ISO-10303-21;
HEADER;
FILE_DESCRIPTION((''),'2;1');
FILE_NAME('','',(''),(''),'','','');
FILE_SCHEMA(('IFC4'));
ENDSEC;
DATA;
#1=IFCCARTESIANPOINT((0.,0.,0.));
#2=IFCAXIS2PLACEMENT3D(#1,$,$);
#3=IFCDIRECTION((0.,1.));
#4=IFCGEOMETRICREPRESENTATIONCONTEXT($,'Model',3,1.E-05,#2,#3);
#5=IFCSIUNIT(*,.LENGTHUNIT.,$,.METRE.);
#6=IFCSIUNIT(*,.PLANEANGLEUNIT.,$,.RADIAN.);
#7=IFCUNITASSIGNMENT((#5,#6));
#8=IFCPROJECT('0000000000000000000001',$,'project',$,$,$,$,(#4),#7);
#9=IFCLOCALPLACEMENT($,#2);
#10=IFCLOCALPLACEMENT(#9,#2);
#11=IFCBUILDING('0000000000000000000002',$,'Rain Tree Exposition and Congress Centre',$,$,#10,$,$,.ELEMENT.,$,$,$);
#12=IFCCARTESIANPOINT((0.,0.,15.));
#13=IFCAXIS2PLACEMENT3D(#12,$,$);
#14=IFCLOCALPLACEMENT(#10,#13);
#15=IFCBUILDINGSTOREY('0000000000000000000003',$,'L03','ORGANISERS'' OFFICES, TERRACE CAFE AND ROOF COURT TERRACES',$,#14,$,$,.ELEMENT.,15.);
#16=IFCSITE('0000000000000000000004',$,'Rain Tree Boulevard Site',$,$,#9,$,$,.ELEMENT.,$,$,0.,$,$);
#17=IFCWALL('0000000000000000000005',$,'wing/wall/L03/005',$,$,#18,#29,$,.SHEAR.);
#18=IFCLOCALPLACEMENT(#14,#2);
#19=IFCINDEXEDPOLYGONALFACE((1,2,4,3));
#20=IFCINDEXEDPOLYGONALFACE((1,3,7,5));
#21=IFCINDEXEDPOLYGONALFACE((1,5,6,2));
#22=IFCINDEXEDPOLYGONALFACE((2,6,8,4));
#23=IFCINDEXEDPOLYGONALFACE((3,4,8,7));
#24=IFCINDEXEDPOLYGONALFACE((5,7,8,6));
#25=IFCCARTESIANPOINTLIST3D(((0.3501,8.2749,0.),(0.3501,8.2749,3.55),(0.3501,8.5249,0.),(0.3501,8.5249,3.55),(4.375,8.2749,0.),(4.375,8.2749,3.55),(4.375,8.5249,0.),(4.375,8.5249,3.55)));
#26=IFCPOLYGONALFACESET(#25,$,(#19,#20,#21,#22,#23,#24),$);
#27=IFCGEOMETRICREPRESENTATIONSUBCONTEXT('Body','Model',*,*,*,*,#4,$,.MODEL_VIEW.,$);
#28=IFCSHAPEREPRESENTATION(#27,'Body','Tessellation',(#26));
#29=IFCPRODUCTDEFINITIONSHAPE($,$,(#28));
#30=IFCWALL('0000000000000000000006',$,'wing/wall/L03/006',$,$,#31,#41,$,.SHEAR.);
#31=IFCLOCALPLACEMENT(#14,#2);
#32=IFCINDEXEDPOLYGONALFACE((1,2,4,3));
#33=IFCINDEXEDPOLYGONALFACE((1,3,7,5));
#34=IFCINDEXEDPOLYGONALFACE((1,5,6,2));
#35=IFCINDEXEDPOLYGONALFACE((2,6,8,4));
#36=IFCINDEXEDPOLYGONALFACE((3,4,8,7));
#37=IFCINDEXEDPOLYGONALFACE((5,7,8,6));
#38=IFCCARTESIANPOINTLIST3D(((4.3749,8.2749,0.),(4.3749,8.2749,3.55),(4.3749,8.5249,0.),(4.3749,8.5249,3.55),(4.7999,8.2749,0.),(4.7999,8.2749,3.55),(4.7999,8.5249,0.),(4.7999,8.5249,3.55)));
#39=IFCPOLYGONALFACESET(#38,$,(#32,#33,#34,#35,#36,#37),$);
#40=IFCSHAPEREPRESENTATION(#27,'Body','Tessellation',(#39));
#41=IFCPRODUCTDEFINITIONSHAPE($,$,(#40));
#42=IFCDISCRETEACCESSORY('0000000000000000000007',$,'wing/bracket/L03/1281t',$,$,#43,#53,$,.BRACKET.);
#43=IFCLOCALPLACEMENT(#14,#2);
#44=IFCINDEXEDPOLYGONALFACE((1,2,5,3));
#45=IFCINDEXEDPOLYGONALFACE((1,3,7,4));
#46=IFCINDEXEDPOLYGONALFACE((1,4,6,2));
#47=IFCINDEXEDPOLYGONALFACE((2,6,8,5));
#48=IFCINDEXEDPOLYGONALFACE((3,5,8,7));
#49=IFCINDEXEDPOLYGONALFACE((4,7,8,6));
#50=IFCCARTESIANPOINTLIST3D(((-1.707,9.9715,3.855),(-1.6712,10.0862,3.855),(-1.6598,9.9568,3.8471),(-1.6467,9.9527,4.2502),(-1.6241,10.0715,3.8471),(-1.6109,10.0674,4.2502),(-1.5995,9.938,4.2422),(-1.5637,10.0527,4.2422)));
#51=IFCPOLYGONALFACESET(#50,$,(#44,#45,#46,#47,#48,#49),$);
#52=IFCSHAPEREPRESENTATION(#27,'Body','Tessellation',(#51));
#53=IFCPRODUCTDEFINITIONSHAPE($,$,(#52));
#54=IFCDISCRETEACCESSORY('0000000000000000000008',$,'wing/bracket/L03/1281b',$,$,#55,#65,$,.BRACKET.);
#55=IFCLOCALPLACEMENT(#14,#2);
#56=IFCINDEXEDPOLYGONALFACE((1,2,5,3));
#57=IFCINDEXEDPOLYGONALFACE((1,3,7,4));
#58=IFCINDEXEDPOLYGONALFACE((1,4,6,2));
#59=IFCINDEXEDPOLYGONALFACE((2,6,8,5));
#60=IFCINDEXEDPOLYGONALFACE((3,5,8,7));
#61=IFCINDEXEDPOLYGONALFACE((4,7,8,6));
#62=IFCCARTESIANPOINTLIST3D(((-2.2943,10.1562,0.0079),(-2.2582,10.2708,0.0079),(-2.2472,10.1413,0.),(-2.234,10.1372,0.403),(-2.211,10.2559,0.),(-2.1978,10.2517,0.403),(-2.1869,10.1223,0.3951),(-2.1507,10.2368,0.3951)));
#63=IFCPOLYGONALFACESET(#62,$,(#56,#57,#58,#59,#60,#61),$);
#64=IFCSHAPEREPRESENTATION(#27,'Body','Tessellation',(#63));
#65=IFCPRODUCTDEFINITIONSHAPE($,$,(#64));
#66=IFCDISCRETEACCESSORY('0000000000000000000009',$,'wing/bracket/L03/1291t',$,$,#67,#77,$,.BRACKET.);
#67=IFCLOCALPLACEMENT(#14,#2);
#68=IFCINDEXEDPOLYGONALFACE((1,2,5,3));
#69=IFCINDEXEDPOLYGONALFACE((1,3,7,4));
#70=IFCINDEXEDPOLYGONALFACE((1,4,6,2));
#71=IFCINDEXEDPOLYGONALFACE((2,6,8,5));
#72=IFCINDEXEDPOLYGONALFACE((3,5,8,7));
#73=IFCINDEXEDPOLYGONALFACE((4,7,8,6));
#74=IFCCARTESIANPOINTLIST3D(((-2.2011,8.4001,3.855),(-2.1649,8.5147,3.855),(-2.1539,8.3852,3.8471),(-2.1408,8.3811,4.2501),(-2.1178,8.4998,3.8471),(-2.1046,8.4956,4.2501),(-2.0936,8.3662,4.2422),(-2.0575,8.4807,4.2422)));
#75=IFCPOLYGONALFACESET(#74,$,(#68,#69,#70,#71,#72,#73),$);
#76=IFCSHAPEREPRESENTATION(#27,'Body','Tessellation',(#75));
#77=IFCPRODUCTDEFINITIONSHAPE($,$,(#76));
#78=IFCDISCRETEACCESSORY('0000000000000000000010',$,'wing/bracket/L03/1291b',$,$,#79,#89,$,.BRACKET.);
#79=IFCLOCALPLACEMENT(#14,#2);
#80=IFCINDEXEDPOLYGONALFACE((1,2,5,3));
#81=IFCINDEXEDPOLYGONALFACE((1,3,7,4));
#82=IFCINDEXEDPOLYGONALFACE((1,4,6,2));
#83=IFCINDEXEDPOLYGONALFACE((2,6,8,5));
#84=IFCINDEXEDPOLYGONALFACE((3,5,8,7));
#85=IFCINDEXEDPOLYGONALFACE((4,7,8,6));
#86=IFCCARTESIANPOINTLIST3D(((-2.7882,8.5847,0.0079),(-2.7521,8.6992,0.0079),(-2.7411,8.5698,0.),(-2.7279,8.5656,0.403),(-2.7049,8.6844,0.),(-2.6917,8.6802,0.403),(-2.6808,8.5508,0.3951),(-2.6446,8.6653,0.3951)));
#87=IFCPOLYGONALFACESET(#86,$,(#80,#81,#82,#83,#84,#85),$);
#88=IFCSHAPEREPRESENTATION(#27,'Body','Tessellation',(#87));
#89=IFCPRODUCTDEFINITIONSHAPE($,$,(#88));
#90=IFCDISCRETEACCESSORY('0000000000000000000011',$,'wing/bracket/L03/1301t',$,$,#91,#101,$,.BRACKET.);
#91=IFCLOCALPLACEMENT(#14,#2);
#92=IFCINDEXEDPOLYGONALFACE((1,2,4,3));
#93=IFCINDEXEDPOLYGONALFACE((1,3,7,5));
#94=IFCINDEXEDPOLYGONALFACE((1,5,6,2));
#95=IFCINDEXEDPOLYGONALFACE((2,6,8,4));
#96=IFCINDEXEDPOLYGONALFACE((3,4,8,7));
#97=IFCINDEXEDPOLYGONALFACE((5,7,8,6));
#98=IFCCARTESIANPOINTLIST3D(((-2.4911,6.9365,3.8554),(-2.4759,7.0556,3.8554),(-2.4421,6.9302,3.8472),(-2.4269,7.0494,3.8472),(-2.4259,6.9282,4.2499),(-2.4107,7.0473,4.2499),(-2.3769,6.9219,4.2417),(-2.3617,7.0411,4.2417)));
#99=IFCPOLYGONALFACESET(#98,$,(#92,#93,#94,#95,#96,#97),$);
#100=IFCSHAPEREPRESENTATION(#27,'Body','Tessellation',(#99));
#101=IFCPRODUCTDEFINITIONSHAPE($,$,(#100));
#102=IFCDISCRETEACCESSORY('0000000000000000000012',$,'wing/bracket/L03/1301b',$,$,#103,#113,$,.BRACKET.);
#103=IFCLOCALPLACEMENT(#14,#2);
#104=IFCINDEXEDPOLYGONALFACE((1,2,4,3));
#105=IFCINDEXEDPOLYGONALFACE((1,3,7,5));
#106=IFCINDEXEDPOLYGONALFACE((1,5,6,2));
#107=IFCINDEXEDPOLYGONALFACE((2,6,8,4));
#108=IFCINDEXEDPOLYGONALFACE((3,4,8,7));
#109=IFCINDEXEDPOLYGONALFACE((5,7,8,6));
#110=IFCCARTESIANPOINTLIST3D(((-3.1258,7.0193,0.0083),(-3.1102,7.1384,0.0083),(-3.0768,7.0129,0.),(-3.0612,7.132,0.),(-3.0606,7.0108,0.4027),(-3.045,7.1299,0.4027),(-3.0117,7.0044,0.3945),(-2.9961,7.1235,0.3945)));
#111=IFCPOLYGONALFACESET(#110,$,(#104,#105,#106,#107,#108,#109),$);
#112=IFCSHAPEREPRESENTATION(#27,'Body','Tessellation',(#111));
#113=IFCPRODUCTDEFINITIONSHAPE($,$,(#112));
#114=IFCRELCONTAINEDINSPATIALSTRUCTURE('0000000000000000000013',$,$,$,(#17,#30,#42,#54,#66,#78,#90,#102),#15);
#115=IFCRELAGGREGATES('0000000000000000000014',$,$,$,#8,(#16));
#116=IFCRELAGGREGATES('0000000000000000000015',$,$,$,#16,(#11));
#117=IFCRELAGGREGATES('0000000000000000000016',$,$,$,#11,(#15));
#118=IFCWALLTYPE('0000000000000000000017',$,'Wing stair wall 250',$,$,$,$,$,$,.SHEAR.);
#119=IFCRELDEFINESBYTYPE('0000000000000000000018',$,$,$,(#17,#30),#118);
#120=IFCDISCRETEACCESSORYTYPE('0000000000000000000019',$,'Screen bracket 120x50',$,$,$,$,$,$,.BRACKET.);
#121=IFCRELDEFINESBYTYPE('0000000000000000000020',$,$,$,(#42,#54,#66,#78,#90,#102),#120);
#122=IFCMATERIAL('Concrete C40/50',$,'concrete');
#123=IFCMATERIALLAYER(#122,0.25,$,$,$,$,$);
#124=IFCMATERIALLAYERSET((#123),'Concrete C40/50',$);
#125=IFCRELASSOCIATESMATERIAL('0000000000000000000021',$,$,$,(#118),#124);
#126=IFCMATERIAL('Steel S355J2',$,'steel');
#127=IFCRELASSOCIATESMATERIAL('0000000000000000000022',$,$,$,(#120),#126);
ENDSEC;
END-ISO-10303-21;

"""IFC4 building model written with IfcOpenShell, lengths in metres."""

from ifc_helpers import new_model, si_unit, direction, frame, frame_2d, origin, origin_2d, place, context, subcontext, project, spatial, rectangle, extrude, material, layer, layer_set, material_profile, profile_set, type_object, element, save


model = new_model("IFC4")

# Units and contexts
model_context = context("Model", 3, precision=1e-05, world=origin(), true_north=direction((0.0, 1.0)))
body_context = subcontext(model_context, "Body", "Model", "MODEL_VIEW")
ifc_project = project(units=[si_unit("LENGTHUNIT", "METRE"), si_unit("PLANEANGLEUNIT", "RADIAN")], contexts=[model_context])

# Site, building, storey
site_placement = place(None, origin())
site = spatial("IfcSite", under=ifc_project, at=site_placement, Name="Rain Tree Boulevard Site", CompositionType="ELEMENT", RefElevation=0.0)
building_placement = place(site_placement, origin())
building = spatial("IfcBuilding", under=site, at=building_placement, Name="Rain Tree Exposition and Congress Centre", CompositionType="ELEMENT")
storey_placement = place(building_placement, frame((0.0, 0.0, 15.0)))
storey = spatial("IfcBuildingStorey", under=building, at=storey_placement, Name="L03", Description="ORGANISERS' OFFICES, TERRACE CAFE AND ROOF COURT TERRACES", CompositionType="ELEMENT", Elevation=15.0)

# Walls
ifc_material_1 = material(Name="Concrete C40/50", Category="concrete")
ifc_layer_1 = layer(ifc_material_1, 0.25)
ifc_layer_set_1 = layer_set([ifc_layer_1], Name="Concrete C40/50")
wall_type = type_object("IfcWallType", Name="Wing stair wall 250", PredefinedType="SHEAR", material=ifc_layer_set_1)
wall_1_placement = place(storey_placement, frame((0.3501, 8.3999, 0.0), z_axis=(0.0, 0.0, 1.0), x_axis=(1.0, 0.0, 0.0)))
element("IfcWall", 1, at=wall_1_placement, inside=storey, type_object=wall_type, Name="wing/wall/L03/005", PredefinedType="SHEAR", context=body_context, shape_type="SweptSolid", body=[
    extrude(rectangle(XDim=4.0249, YDim=0.25, at=frame_2d((2.0125, 0.0))), origin(), (0.0, 0.0, 1.0), 3.55),
])
wall_2_placement = place(storey_placement, frame((4.375, 8.3999, 0.0), z_axis=(0.0, 0.0, 1.0), x_axis=(1.0, 0.0, 0.0)))
element("IfcWall", 2, at=wall_2_placement, inside=storey, type_object=wall_type, Name="wing/wall/L03/006", PredefinedType="SHEAR", context=body_context, shape_type="SweptSolid", body=[
    extrude(rectangle(XDim=0.425, YDim=0.25, at=frame_2d((0.2124, 0.0))), origin(), (0.0, 0.0, 1.0), 3.55),
])

# Discrete accessories
ifc_material_2 = material(Name="Steel S355J2", Category="steel")
ifc_material_profile_1 = material_profile(ifc_material_2, rectangle(XDim=0.1201, YDim=0.05, at=origin_2d()), Name="Flat bar 120x50")
ifc_profile_set_1 = profile_set([ifc_material_profile_1], Name="Steel S355J2")
discrete_accessory_type = type_object("IfcDiscreteAccessoryType", Name="Screen bracket 120x50", PredefinedType="BRACKET", material=ifc_profile_set_1)
for number, where, z_axis, x_axis, name in (
    (3, (-1.6655, 10.0215, 3.8511), (0.150743, -0.046993, 0.987456), (0.297615, 0.954686, 0.0), "wing/bracket/L03/1281t"),
    (4, (-2.2527, 10.2061, 0.0039), (0.150738, -0.047602, 0.987427), (0.301131, 0.953583, 0.0), "wing/bracket/L03/1281b"),
    (5, (-2.1594, 8.45, 3.8511), (0.150738, -0.047602, 0.987427), (0.301131, 0.953583, 0.0), "wing/bracket/L03/1291t"),
    (6, (-2.7466, 8.6345, 0.0039), (0.150738, -0.047602, 0.987427), (0.301131, 0.953583, 0.0), "wing/bracket/L03/1291b"),
):
    element("IfcDiscreteAccessory", number, at=place(storey_placement, frame(where, z_axis=z_axis, x_axis=x_axis)), inside=storey, type_object=discrete_accessory_type, Name=name, PredefinedType="BRACKET", context=body_context, shape_type="SweptSolid", body=[
        extrude(rectangle(XDim=0.1201, YDim=0.05, at=origin_2d()), origin(), (0.0, 0.0, 1.0), 0.4001),
    ])
for number, where, z_axis, x_axis, name in (
    (7, (-2.459, 6.9929, 3.8513), (0.162978, -0.020754, 0.986411), (0.126321, 0.991989, 0.0), "wing/bracket/L03/1301t"),
    (8, (-3.0935, 7.0757, 0.0042), (0.162976, -0.021364, 0.986399), (0.129974, 0.991517, 0.0), "wing/bracket/L03/1301b"),
):
    element("IfcDiscreteAccessory", number, at=place(storey_placement, frame(where, z_axis=z_axis, x_axis=x_axis)), inside=storey, type_object=discrete_accessory_type, Name=name, PredefinedType="BRACKET", context=body_context, shape_type="SweptSolid", body=[
        extrude(rectangle(XDim=0.1201, YDim=0.05, at=origin_2d()), origin(), (0.0, 0.0, 1.0), 0.3999),
    ])

save(model, "model.ifc")
